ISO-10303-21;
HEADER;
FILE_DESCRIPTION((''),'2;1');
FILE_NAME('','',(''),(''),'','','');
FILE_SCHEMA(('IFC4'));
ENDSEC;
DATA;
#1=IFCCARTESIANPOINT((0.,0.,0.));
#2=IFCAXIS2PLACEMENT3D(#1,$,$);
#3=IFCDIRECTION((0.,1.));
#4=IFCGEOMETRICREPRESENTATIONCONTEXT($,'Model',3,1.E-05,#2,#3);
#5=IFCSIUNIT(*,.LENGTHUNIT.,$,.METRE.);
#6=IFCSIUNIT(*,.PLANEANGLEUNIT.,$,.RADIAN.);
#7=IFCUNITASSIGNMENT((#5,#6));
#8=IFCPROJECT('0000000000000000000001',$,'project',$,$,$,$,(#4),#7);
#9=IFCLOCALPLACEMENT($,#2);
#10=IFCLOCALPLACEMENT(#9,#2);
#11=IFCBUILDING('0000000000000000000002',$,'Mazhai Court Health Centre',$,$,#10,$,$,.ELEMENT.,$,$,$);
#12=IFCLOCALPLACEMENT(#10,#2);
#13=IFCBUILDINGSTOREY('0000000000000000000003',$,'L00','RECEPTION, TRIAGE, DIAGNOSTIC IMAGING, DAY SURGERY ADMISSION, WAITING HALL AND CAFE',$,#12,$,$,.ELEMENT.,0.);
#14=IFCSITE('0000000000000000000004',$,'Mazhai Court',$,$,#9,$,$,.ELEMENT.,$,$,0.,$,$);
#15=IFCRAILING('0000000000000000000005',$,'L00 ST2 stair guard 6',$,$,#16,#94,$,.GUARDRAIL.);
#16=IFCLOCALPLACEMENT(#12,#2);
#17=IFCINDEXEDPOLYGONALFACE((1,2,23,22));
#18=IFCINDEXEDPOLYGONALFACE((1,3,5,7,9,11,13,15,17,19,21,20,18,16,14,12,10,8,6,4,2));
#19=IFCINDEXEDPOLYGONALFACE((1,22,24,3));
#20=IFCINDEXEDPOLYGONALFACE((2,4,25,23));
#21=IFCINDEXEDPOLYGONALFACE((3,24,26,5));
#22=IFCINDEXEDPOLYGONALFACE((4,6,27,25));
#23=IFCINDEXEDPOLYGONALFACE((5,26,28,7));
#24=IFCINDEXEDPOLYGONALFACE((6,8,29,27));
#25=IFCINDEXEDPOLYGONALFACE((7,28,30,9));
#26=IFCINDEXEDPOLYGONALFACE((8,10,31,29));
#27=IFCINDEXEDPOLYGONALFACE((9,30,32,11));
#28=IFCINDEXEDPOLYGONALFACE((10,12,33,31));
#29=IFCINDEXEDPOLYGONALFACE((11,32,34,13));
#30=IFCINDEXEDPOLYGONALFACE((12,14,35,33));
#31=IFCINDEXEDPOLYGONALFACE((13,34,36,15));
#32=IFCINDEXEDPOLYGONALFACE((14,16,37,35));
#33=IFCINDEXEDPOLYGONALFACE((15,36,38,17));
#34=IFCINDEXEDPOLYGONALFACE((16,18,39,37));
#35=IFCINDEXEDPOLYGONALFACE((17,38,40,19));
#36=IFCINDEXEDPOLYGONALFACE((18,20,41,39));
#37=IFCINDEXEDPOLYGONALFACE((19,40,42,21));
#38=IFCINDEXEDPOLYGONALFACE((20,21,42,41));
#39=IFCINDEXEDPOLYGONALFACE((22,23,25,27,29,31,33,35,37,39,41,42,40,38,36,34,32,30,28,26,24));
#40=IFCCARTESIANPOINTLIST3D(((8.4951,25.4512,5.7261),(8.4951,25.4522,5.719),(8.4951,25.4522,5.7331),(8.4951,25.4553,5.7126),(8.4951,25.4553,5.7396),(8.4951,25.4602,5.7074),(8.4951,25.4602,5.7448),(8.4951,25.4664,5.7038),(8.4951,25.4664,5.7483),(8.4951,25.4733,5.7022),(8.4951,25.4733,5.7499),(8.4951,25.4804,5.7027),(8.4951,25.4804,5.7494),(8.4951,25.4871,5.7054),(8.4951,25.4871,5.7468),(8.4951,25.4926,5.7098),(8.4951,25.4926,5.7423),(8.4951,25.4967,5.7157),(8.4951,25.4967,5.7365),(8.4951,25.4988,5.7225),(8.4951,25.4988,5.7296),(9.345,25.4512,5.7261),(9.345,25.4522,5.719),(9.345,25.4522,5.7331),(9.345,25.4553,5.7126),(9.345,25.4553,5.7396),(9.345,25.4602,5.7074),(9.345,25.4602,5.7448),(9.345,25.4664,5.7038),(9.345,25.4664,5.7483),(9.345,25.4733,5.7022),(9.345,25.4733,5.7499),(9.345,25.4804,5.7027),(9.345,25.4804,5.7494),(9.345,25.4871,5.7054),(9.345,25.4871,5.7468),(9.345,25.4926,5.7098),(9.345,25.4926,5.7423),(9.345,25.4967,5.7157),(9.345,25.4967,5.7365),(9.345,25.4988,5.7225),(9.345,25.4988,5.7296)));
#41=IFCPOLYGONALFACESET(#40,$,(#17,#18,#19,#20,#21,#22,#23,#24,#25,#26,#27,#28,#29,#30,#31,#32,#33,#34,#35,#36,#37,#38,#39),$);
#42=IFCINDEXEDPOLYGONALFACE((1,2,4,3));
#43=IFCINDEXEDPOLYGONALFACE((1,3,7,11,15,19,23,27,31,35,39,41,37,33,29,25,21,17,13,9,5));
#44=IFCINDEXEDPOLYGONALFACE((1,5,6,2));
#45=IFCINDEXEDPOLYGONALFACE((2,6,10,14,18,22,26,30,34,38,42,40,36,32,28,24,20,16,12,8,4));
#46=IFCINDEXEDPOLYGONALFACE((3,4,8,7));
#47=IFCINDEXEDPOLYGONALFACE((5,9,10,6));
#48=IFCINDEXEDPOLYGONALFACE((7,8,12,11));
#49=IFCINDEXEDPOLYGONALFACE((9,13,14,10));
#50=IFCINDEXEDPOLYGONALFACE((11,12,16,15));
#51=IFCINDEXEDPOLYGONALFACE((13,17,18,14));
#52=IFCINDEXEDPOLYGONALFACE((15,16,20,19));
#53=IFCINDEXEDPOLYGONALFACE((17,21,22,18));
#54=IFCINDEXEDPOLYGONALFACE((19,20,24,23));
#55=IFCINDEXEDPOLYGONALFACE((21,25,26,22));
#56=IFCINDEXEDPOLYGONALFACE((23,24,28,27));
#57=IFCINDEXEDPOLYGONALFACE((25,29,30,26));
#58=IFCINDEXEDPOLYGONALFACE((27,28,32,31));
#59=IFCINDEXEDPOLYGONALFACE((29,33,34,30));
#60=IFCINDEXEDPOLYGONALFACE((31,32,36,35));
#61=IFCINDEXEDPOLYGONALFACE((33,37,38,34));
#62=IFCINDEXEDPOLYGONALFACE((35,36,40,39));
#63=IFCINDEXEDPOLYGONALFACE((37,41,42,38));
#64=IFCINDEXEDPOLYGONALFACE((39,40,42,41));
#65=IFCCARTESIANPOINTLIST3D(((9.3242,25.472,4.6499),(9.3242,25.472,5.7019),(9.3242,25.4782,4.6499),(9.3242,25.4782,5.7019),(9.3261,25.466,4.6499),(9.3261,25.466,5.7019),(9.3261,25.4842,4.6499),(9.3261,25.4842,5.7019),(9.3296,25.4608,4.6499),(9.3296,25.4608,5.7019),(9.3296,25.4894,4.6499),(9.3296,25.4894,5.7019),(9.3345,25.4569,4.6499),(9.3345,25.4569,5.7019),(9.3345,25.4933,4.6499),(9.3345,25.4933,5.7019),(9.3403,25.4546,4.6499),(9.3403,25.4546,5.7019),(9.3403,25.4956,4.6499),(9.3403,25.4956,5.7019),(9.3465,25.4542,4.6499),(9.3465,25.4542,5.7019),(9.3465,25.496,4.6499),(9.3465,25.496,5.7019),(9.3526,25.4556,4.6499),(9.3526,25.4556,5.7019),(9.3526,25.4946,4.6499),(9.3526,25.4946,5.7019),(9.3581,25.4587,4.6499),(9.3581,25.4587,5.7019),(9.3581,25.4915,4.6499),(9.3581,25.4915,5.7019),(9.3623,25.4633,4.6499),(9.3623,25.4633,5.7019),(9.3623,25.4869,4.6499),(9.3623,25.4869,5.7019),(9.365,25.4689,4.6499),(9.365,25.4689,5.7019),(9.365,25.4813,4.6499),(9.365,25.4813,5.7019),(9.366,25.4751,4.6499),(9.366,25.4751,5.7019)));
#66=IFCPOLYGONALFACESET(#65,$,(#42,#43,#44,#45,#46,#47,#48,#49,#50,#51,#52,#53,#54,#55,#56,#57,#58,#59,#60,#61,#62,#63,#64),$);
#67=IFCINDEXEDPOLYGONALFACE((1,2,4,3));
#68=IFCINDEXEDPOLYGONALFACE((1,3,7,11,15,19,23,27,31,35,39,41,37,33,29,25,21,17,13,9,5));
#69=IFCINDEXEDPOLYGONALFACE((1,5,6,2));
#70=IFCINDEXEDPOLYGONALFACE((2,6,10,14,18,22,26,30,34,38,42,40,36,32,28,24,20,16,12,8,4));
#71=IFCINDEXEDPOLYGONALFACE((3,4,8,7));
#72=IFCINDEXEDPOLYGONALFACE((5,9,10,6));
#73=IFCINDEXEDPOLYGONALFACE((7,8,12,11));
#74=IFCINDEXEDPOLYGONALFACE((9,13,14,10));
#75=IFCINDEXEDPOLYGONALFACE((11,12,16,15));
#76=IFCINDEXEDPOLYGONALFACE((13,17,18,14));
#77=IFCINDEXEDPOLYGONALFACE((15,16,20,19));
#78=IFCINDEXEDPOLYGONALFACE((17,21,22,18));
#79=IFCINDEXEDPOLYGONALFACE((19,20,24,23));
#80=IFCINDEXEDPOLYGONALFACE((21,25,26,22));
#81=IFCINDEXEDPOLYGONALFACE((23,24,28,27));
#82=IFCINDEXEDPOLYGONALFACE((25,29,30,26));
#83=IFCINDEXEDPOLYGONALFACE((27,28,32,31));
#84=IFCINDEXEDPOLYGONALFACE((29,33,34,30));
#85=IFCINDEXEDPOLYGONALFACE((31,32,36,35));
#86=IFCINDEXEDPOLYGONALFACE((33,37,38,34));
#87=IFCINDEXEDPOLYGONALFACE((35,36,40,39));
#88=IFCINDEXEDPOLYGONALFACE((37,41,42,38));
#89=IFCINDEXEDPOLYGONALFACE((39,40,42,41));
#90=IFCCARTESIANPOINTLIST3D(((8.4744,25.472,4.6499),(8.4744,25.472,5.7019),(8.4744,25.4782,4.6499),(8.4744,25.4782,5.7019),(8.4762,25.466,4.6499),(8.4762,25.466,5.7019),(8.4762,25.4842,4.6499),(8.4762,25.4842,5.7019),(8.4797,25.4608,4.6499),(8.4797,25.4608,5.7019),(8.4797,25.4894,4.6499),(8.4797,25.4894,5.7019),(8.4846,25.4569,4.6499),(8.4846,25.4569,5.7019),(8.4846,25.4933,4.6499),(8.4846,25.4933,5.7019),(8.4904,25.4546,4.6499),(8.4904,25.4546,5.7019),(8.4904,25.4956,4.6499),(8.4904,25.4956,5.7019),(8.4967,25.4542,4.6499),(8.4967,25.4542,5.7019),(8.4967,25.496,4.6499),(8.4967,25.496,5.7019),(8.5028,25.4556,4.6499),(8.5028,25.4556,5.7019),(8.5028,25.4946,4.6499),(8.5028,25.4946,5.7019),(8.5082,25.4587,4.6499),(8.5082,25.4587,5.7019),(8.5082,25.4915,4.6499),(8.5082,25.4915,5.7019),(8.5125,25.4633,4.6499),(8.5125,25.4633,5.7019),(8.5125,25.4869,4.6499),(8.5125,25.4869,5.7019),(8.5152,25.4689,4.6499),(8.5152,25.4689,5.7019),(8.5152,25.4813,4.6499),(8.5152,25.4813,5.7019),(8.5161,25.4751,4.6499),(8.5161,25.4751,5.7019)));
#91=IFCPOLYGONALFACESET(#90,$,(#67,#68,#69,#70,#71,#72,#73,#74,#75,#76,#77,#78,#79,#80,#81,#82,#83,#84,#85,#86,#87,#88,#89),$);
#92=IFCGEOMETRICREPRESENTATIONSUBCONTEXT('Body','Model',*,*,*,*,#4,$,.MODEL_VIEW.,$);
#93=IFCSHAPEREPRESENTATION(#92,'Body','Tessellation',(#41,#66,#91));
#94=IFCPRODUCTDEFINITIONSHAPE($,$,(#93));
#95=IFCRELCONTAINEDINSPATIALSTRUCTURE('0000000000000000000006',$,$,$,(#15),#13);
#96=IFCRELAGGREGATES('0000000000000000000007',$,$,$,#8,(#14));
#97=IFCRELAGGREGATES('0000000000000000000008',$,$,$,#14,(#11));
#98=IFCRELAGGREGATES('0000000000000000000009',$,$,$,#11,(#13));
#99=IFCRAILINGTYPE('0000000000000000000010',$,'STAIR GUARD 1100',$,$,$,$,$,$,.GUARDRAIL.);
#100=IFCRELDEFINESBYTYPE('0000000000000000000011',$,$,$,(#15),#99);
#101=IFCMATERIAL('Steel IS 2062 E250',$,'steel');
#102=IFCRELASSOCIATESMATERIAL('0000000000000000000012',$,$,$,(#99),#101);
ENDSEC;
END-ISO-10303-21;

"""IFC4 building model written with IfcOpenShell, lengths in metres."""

from ifc_helpers import new_model, si_unit, direction, frame, origin, origin_2d, place, context, subcontext, project, spatial, circle, extrude, material, type_object, element, save


model = new_model("IFC4")

# Units and contexts
model_context = context("Model", 3, precision=1e-05, world=origin(), true_north=direction((0.0, 1.0)))
body_context = subcontext(model_context, "Body", "Model", "MODEL_VIEW")
ifc_project = project(units=[si_unit("LENGTHUNIT", "METRE"), si_unit("PLANEANGLEUNIT", "RADIAN")], contexts=[model_context])

# Site, building, storey
site_placement = place(None, origin())
site = spatial("IfcSite", under=ifc_project, at=site_placement, Name="Mazhai Court", CompositionType="ELEMENT", RefElevation=0.0)
building_placement = place(site_placement, origin())
building = spatial("IfcBuilding", under=site, at=building_placement, Name="Mazhai Court Health Centre", CompositionType="ELEMENT")
storey_placement = place(building_placement, origin())
storey = spatial("IfcBuildingStorey", under=building, at=storey_placement, Name="L00", Description="RECEPTION, TRIAGE, DIAGNOSTIC IMAGING, DAY SURGERY ADMISSION, WAITING HALL AND CAFE", CompositionType="ELEMENT", Elevation=0.0)

# Railing
ifc_material_1 = material(Name="Steel IS 2062 E250", Category="steel")
railing_type_1 = type_object("IfcRailingType", Name="STAIR GUARD 1100", PredefinedType="GUARDRAIL", material=ifc_material_1)
railing_1_placement = place(storey_placement, frame((9.345, 25.4751, 4.6499)))
element("IfcRailing", 1, at=railing_1_placement, inside=storey, type_object=railing_type_1, Name="L00 ST2 stair guard 6", PredefinedType="GUARDRAIL", context=body_context, shape_type="SweptSolid", body=[
    extrude(circle(Radius=0.0239, at=origin_2d()), frame((0.0, 0.0, 1.0762), z_axis=(-1.0, 0.0, 0.0), x_axis=(0.0, -1.0, 0.0)), (0.0, 0.0, 1.0), 0.8499),
    extrude(circle(Radius=0.021, at=origin_2d()), origin(), (0.0, 0.0, 1.0), 1.052),
    extrude(circle(Radius=0.021, at=origin_2d()), frame((-0.8499, 0.0, 0.0)), (0.0, 0.0, 1.0), 1.052),
])

save(model, "model.ifc")
